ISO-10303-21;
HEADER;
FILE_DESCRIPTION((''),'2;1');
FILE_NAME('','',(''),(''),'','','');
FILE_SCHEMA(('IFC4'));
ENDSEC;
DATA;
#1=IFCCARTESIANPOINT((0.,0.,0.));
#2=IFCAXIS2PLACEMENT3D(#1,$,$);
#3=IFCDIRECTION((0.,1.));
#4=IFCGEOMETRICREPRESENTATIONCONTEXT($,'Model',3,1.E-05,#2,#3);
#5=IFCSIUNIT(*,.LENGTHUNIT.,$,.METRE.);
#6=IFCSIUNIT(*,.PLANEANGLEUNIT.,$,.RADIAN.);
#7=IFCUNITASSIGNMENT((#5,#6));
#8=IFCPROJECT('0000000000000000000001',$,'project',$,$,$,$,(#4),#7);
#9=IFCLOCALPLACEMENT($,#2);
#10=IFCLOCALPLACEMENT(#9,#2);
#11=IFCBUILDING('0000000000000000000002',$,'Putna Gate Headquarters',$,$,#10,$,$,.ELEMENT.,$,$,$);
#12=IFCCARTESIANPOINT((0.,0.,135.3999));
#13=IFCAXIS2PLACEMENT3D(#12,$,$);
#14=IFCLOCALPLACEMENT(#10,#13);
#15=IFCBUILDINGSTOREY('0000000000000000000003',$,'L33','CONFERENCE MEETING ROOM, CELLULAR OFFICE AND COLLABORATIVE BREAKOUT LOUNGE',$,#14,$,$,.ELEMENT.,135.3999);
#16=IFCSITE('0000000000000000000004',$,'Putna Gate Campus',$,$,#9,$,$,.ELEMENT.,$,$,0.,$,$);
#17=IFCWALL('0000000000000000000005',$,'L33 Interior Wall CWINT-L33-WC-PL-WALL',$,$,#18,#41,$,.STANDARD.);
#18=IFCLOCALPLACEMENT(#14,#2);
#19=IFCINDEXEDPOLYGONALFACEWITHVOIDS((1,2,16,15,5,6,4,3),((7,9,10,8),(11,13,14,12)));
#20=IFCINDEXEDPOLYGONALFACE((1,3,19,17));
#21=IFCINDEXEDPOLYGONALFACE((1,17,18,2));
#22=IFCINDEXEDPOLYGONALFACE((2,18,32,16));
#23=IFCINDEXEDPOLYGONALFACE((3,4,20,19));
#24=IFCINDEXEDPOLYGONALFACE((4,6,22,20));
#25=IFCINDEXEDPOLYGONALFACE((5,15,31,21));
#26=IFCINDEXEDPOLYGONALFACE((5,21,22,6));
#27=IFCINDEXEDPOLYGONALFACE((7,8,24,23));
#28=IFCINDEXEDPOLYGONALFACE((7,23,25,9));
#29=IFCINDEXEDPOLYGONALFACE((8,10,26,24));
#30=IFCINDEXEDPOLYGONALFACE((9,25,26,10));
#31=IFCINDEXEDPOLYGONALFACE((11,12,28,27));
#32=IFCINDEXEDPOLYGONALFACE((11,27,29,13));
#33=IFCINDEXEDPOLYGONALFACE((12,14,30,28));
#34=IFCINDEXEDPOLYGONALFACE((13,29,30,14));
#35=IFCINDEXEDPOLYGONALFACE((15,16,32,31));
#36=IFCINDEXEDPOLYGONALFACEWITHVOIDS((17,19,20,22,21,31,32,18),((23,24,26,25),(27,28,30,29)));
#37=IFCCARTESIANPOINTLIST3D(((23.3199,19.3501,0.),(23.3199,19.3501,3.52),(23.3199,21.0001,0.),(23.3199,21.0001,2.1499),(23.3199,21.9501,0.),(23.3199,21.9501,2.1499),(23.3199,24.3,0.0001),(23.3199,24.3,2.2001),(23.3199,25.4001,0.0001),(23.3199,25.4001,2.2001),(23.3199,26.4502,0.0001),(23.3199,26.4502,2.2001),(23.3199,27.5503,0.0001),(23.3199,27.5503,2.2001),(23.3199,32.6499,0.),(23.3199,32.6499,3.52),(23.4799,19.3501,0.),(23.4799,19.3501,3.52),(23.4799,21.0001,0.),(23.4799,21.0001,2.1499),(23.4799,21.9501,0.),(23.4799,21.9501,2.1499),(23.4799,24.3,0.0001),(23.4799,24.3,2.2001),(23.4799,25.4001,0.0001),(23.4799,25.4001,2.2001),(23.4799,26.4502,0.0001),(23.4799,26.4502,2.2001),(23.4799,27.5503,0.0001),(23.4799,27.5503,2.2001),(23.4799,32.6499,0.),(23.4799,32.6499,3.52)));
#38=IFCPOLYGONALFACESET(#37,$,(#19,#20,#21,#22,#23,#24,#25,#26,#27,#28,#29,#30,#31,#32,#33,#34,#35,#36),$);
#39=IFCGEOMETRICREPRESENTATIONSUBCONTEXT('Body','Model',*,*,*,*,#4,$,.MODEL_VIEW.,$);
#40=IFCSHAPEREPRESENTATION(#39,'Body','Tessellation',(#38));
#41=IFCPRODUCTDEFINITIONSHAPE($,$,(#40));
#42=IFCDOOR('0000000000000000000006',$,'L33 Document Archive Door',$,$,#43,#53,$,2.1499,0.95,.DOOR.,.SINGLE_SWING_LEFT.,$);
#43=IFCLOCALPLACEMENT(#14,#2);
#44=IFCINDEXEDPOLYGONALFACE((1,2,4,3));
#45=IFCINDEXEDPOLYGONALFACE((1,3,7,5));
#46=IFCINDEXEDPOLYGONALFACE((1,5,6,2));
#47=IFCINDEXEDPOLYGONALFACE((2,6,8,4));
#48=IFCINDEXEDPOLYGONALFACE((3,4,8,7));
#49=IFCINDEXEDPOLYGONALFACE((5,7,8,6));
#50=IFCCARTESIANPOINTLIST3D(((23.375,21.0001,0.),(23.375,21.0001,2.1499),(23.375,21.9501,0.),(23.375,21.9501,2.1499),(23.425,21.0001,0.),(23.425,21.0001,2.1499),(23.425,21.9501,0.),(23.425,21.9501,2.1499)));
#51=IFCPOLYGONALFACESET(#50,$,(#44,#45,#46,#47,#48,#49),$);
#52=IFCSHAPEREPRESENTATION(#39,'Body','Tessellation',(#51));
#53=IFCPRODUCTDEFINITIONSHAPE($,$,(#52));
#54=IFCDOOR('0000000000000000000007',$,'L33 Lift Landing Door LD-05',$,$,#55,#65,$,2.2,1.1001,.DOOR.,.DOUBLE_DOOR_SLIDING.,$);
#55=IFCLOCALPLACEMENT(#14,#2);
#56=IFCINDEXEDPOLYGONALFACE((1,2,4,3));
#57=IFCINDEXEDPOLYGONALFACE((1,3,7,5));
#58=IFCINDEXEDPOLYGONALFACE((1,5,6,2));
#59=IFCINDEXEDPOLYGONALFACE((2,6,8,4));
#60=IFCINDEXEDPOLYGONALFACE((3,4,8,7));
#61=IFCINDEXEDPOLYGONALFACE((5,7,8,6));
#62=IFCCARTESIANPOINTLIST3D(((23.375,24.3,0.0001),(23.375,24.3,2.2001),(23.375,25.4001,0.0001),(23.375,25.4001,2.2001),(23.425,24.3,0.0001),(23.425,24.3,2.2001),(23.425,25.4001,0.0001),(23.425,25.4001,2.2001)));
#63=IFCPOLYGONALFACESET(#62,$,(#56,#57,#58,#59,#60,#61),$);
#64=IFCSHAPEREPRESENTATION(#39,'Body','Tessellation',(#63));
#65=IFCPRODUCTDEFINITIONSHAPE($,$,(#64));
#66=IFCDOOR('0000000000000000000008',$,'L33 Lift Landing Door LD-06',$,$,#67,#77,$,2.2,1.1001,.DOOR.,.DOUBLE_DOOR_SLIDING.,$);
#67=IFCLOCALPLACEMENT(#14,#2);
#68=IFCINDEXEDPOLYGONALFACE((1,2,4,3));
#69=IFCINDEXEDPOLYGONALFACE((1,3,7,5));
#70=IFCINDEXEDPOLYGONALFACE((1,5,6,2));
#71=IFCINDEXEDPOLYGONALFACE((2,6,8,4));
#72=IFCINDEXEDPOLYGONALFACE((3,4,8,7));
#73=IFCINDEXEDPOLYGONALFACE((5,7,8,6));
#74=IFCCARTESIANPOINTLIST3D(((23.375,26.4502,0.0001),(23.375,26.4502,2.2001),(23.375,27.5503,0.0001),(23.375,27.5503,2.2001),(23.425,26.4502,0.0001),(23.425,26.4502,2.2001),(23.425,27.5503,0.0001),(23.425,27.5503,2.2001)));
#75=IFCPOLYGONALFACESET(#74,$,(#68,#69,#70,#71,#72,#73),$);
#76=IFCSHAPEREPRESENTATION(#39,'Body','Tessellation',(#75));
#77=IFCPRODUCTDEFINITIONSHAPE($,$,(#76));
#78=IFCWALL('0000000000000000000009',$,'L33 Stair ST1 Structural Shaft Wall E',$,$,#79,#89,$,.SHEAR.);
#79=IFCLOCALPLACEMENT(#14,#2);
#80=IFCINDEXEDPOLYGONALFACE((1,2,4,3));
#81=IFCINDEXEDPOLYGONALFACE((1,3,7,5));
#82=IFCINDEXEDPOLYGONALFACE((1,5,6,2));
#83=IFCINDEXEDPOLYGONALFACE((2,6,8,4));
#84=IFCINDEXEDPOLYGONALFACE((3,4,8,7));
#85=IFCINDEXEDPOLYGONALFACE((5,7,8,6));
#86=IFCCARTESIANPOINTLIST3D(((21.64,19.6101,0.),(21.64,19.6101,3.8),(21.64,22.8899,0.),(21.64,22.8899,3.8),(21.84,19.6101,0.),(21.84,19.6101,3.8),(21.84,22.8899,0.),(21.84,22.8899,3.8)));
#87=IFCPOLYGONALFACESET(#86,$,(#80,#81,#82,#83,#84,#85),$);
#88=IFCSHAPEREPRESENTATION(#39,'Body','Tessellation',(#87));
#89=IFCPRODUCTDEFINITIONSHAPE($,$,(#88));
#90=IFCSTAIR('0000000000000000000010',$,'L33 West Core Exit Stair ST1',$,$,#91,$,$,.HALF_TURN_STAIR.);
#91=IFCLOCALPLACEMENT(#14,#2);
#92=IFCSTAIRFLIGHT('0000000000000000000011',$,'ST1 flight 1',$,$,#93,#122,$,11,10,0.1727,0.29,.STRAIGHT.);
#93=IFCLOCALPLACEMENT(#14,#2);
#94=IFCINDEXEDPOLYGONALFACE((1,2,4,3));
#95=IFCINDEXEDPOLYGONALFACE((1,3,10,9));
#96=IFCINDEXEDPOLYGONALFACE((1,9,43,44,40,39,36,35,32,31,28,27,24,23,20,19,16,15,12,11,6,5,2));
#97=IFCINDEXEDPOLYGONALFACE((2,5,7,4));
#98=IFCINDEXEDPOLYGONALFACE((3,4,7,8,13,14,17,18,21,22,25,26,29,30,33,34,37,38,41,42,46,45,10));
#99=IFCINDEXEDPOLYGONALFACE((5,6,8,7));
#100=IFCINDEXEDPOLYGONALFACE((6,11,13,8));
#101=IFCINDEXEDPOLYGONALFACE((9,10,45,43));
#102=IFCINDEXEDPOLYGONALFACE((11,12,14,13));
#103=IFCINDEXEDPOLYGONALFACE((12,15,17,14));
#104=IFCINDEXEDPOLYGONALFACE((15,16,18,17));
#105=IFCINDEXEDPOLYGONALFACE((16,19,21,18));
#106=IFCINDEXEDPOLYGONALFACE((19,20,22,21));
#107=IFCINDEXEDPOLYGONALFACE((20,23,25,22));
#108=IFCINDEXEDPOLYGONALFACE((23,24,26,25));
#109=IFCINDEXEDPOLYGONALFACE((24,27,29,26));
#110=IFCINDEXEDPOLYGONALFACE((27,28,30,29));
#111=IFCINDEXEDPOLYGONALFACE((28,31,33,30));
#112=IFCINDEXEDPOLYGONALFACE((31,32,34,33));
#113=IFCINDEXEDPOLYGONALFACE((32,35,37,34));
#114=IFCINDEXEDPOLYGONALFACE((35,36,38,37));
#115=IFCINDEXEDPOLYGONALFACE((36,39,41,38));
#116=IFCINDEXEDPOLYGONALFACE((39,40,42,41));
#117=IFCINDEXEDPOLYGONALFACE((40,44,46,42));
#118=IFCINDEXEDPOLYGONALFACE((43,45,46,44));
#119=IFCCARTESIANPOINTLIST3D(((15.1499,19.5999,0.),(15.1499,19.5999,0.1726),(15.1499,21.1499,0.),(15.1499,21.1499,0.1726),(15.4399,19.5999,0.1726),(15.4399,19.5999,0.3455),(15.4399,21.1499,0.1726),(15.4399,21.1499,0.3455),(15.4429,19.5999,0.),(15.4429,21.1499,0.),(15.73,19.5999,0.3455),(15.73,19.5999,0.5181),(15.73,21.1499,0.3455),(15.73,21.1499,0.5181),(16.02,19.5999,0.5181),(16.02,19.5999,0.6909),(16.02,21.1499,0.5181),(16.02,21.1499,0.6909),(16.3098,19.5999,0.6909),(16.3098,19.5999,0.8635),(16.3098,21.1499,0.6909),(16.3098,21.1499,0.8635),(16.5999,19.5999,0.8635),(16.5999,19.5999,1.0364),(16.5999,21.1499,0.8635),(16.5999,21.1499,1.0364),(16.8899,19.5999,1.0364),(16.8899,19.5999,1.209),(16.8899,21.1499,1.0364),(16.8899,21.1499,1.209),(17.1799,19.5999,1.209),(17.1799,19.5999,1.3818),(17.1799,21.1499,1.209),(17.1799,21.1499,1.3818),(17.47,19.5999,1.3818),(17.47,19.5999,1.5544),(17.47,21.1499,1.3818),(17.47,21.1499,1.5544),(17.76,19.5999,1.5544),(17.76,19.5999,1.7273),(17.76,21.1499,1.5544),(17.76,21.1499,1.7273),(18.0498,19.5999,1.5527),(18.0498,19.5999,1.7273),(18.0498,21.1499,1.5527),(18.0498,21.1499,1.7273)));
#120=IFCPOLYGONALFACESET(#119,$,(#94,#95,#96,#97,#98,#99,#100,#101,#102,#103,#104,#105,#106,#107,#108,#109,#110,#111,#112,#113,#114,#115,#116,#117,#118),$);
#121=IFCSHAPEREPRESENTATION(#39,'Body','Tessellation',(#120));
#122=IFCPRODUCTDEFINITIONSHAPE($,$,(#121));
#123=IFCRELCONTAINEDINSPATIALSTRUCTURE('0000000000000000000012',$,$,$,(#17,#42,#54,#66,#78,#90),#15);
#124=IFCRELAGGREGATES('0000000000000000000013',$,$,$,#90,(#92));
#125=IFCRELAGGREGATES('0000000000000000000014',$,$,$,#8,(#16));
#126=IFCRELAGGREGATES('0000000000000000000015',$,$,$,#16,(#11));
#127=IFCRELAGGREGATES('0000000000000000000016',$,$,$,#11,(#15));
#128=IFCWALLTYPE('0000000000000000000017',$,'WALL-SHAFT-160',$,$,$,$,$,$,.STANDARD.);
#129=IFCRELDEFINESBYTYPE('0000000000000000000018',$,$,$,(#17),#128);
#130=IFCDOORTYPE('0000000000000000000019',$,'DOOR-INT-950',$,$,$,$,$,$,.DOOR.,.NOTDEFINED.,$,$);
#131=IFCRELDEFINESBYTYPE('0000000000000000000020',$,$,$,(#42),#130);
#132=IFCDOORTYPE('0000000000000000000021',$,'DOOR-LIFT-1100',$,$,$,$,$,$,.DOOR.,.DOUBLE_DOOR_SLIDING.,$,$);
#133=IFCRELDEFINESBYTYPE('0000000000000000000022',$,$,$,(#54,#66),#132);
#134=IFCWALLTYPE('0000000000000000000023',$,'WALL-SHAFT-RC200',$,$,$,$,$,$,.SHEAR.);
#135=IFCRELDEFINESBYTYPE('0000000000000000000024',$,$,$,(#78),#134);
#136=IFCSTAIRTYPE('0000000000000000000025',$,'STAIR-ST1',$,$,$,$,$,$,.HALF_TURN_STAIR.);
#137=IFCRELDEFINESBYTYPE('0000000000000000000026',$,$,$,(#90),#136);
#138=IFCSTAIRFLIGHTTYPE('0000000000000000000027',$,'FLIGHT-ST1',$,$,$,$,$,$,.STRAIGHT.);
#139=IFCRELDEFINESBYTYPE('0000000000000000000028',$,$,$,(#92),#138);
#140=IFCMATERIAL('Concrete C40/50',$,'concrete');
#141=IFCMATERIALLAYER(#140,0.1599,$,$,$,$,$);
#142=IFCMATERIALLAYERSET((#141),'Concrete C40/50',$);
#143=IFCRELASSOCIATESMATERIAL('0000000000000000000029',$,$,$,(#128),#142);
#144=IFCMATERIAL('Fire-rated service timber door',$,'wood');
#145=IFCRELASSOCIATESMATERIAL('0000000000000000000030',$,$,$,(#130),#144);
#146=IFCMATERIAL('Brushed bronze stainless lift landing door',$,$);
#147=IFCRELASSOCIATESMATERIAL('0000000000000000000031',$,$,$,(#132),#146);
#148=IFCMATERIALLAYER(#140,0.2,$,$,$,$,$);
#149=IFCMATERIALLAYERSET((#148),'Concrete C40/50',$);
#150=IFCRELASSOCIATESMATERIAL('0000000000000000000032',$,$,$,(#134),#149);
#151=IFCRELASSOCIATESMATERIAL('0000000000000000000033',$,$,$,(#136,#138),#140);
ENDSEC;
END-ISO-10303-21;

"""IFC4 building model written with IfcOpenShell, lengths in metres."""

from ifc_helpers import new_model, si_unit, direction, frame, frame_2d, origin, place, context, subcontext, project, spatial, polyline, rectangle, outline, extrude, material, layer, layer_set, type_object, element, fill, aggregate, save


model = new_model("IFC4")

# Units and contexts
model_context = context("Model", 3, precision=1e-05, world=origin(), true_north=direction((0.0, 1.0)))
body_context = subcontext(model_context, "Body", "Model", "MODEL_VIEW")
ifc_project = project(units=[si_unit("LENGTHUNIT", "METRE"), si_unit("PLANEANGLEUNIT", "RADIAN")], contexts=[model_context])

# Site, building, storey
site_placement = place(None, origin())
site = spatial("IfcSite", under=ifc_project, at=site_placement, Name="Putna Gate Campus", CompositionType="ELEMENT", RefElevation=0.0)
building_placement = place(site_placement, origin())
building = spatial("IfcBuilding", under=site, at=building_placement, Name="Putna Gate Headquarters", CompositionType="ELEMENT")
storey_placement = place(building_placement, frame((0.0, 0.0, 135.3999)))
storey = spatial("IfcBuildingStorey", under=building, at=storey_placement, Name="L33", Description="CONFERENCE MEETING ROOM, CELLULAR OFFICE AND COLLABORATIVE BREAKOUT LOUNGE", CompositionType="ELEMENT", Elevation=135.3999)

# Wall, openings, doors
ifc_material_1 = material(Name="Concrete C40/50", Category="concrete")
ifc_layer_1 = layer(ifc_material_1, 0.1599)
ifc_layer_set_1 = layer_set([ifc_layer_1], Name="Concrete C40/50")
wall_type_1 = type_object("IfcWallType", Name="WALL-SHAFT-160", PredefinedType="STANDARD", material=ifc_layer_set_1)
wall_1_placement = place(storey_placement, frame((23.3999, 19.3501, 0.0), z_axis=(0.0, 0.0, 1.0), x_axis=(0.0, 1.0, 0.0)))
wall_1 = element("IfcWall", 1, at=wall_1_placement, inside=storey, type_object=wall_type_1, Name="L33 Interior Wall CWINT-L33-WC-PL-WALL", PredefinedType="STANDARD", context=body_context, shape_type="SweptSolid", body=[
    extrude(rectangle(XDim=13.2998, YDim=0.1599, at=frame_2d((6.6499, 0.0))), origin(), (0.0, 0.0, 1.0), 3.52),
])
opening_1_placement = place(wall_1_placement, frame((1.6499, 0.0, 0.0)))
opening_1 = element("IfcOpeningElement", 2, at=opening_1_placement, cuts=wall_1, PredefinedType="OPENING", context=body_context, shape_type="SweptSolid", body=[
    extrude(rectangle(XDim=0.95, YDim=2.1499, at=frame_2d((0.4751, 1.075))), frame((0.0, 0.0898, 0.0), z_axis=(0.0, -1.0, 0.0), x_axis=(1.0, 0.0, 0.0)), (0.0, 0.0, 1.0), 0.1799),
])
opening_2_placement = place(wall_1_placement, frame((4.95, 0.0, 0.0)))
opening_2 = element("IfcOpeningElement", 3, at=opening_2_placement, cuts=wall_1, PredefinedType="OPENING", context=body_context, shape_type="SweptSolid", body=[
    extrude(rectangle(XDim=1.1001, YDim=2.2, at=frame_2d((0.55, 1.1001))), frame((0.0, 0.0898, 0.0), z_axis=(0.0, -1.0, 0.0), x_axis=(1.0, 0.0, 0.0)), (0.0, 0.0, 1.0), 0.1799),
])
opening_3_placement = place(wall_1_placement, frame((7.1001, 0.0, 0.0)))
opening_3 = element("IfcOpeningElement", 4, at=opening_3_placement, cuts=wall_1, PredefinedType="OPENING", context=body_context, shape_type="SweptSolid", body=[
    extrude(rectangle(XDim=1.1001, YDim=2.2, at=frame_2d((0.55, 1.1001))), frame((0.0, 0.0898, 0.0), z_axis=(0.0, -1.0, 0.0), x_axis=(1.0, 0.0, 0.0)), (0.0, 0.0, 1.0), 0.1799),
])
ifc_material_2 = material(Name="Fire-rated service timber door", Category="wood")
door_type_1 = type_object("IfcDoorType", Name="DOOR-INT-950", OperationType="NOTDEFINED", PredefinedType="DOOR", material=ifc_material_2)
door_1_placement = place(opening_1_placement, origin())
door_1 = element("IfcDoor", 5, at=door_1_placement, inside=storey, type_object=door_type_1, Name="L33 Document Archive Door", OperationType="SINGLE_SWING_LEFT", OverallHeight=2.1499, OverallWidth=0.95, PredefinedType="DOOR", context=body_context, shape_type="SweptSolid", body=[
    extrude(rectangle(XDim=0.95, YDim=2.1499, at=frame_2d((0.4751, 1.075))), frame((0.0, 0.0249, 0.0), z_axis=(0.0, -1.0, 0.0), x_axis=(1.0, 0.0, 0.0)), (0.0, 0.0, 1.0), 0.05),
])
fill(opening_1, door_1)
ifc_material_3 = material(Name="Brushed bronze stainless lift landing door")
door_type_2 = type_object("IfcDoorType", Name="DOOR-LIFT-1100", OperationType="DOUBLE_DOOR_SLIDING", PredefinedType="DOOR", material=ifc_material_3)
door_2_placement = place(opening_2_placement, origin())
door_2 = element("IfcDoor", 6, at=door_2_placement, inside=storey, type_object=door_type_2, Name="L33 Lift Landing Door LD-05", OperationType="DOUBLE_DOOR_SLIDING", OverallHeight=2.2, OverallWidth=1.1001, PredefinedType="DOOR", context=body_context, shape_type="SweptSolid", body=[
    extrude(rectangle(XDim=1.1001, YDim=2.2, at=frame_2d((0.55, 1.1001))), frame((0.0, 0.0249, 0.0), z_axis=(0.0, -1.0, 0.0), x_axis=(1.0, 0.0, 0.0)), (0.0, 0.0, 1.0), 0.05),
])
fill(opening_2, door_2)
door_3_placement = place(opening_3_placement, origin())
door_3 = element("IfcDoor", 7, at=door_3_placement, inside=storey, type_object=door_type_2, Name="L33 Lift Landing Door LD-06", OperationType="DOUBLE_DOOR_SLIDING", OverallHeight=2.2, OverallWidth=1.1001, PredefinedType="DOOR", context=body_context, shape_type="SweptSolid", body=[
    extrude(rectangle(XDim=1.1001, YDim=2.2, at=frame_2d((0.55, 1.1001))), frame((0.0, 0.0249, 0.0), z_axis=(0.0, -1.0, 0.0), x_axis=(1.0, 0.0, 0.0)), (0.0, 0.0, 1.0), 0.05),
])
fill(opening_3, door_3)

# Wall
ifc_layer_2 = layer(ifc_material_1, 0.2)
ifc_layer_set_2 = layer_set([ifc_layer_2], Name="Concrete C40/50")
wall_type_2 = type_object("IfcWallType", Name="WALL-SHAFT-RC200", PredefinedType="SHEAR", material=ifc_layer_set_2)
wall_2_placement = place(storey_placement, frame((21.74, 19.6101, 0.0), z_axis=(0.0, 0.0, 1.0), x_axis=(0.0, 1.0, 0.0)))
element("IfcWall", 8, at=wall_2_placement, inside=storey, type_object=wall_type_2, Name="L33 Stair ST1 Structural Shaft Wall E", PredefinedType="SHEAR", context=body_context, shape_type="SweptSolid", body=[
    extrude(rectangle(XDim=3.2798, YDim=0.2, at=frame_2d((1.6399, 0.0))), origin(), (0.0, 0.0, 1.0), 3.8),
])

# Stair, stair flight
stair_type = type_object("IfcStairType", Name="STAIR-ST1", PredefinedType="HALF_TURN_STAIR", material=ifc_material_1)
stair_placement = place(storey_placement, origin())
stair = element("IfcStair", 9, at=stair_placement, inside=storey, type_object=stair_type, Name="L33 West Core Exit Stair ST1", PredefinedType="HALF_TURN_STAIR")
stair_flight_type = type_object("IfcStairFlightType", Name="FLIGHT-ST1", PredefinedType="STRAIGHT", material=ifc_material_1)
stair_flight_placement = place(storey_placement, frame((15.1499, 20.375, 0.0), z_axis=(0.0, 0.0, 1.0), x_axis=(1.0, 0.0, 0.0)))
stair_flight = element("IfcStairFlight", 10, at=stair_flight_placement, type_object=stair_flight_type, Name="ST1 flight 1", NumberOfRisers=11, NumberOfTreads=10, PredefinedType="STRAIGHT", RiserHeight=0.1727, TreadLength=0.29, context=body_context, shape_type="SweptSolid", body=[
    extrude(outline(polyline([(0.0, 0.0), (0.0, 0.1726), (0.29, 0.1726), (0.29, 0.3455), (0.5801, 0.3455), (0.5801, 0.5181), (0.8701, 0.5181), (0.8701, 0.6909), (1.1599, 0.6909), (1.1599, 0.8635), (1.45, 0.8635), (1.45, 1.0364), (1.74, 1.0364), (1.74, 1.209), (2.03, 1.209), (2.03, 1.3818), (2.3201, 1.3818), (2.3201, 1.5544), (2.6101, 1.5544), (2.6101, 1.7273), (2.8999, 1.7273), (2.8999, 1.8999), (2.8999, 1.5527), (0.293, 0.0), (0.0, 0.0)])), frame((0.0, 0.7749, 0.0), z_axis=(0.0, -1.0, 0.0), x_axis=(1.0, 0.0, 0.0)), (0.0, 0.0, 1.0), 1.55),
])
aggregate(stair, [stair_flight])

save(model, "model.ifc")
